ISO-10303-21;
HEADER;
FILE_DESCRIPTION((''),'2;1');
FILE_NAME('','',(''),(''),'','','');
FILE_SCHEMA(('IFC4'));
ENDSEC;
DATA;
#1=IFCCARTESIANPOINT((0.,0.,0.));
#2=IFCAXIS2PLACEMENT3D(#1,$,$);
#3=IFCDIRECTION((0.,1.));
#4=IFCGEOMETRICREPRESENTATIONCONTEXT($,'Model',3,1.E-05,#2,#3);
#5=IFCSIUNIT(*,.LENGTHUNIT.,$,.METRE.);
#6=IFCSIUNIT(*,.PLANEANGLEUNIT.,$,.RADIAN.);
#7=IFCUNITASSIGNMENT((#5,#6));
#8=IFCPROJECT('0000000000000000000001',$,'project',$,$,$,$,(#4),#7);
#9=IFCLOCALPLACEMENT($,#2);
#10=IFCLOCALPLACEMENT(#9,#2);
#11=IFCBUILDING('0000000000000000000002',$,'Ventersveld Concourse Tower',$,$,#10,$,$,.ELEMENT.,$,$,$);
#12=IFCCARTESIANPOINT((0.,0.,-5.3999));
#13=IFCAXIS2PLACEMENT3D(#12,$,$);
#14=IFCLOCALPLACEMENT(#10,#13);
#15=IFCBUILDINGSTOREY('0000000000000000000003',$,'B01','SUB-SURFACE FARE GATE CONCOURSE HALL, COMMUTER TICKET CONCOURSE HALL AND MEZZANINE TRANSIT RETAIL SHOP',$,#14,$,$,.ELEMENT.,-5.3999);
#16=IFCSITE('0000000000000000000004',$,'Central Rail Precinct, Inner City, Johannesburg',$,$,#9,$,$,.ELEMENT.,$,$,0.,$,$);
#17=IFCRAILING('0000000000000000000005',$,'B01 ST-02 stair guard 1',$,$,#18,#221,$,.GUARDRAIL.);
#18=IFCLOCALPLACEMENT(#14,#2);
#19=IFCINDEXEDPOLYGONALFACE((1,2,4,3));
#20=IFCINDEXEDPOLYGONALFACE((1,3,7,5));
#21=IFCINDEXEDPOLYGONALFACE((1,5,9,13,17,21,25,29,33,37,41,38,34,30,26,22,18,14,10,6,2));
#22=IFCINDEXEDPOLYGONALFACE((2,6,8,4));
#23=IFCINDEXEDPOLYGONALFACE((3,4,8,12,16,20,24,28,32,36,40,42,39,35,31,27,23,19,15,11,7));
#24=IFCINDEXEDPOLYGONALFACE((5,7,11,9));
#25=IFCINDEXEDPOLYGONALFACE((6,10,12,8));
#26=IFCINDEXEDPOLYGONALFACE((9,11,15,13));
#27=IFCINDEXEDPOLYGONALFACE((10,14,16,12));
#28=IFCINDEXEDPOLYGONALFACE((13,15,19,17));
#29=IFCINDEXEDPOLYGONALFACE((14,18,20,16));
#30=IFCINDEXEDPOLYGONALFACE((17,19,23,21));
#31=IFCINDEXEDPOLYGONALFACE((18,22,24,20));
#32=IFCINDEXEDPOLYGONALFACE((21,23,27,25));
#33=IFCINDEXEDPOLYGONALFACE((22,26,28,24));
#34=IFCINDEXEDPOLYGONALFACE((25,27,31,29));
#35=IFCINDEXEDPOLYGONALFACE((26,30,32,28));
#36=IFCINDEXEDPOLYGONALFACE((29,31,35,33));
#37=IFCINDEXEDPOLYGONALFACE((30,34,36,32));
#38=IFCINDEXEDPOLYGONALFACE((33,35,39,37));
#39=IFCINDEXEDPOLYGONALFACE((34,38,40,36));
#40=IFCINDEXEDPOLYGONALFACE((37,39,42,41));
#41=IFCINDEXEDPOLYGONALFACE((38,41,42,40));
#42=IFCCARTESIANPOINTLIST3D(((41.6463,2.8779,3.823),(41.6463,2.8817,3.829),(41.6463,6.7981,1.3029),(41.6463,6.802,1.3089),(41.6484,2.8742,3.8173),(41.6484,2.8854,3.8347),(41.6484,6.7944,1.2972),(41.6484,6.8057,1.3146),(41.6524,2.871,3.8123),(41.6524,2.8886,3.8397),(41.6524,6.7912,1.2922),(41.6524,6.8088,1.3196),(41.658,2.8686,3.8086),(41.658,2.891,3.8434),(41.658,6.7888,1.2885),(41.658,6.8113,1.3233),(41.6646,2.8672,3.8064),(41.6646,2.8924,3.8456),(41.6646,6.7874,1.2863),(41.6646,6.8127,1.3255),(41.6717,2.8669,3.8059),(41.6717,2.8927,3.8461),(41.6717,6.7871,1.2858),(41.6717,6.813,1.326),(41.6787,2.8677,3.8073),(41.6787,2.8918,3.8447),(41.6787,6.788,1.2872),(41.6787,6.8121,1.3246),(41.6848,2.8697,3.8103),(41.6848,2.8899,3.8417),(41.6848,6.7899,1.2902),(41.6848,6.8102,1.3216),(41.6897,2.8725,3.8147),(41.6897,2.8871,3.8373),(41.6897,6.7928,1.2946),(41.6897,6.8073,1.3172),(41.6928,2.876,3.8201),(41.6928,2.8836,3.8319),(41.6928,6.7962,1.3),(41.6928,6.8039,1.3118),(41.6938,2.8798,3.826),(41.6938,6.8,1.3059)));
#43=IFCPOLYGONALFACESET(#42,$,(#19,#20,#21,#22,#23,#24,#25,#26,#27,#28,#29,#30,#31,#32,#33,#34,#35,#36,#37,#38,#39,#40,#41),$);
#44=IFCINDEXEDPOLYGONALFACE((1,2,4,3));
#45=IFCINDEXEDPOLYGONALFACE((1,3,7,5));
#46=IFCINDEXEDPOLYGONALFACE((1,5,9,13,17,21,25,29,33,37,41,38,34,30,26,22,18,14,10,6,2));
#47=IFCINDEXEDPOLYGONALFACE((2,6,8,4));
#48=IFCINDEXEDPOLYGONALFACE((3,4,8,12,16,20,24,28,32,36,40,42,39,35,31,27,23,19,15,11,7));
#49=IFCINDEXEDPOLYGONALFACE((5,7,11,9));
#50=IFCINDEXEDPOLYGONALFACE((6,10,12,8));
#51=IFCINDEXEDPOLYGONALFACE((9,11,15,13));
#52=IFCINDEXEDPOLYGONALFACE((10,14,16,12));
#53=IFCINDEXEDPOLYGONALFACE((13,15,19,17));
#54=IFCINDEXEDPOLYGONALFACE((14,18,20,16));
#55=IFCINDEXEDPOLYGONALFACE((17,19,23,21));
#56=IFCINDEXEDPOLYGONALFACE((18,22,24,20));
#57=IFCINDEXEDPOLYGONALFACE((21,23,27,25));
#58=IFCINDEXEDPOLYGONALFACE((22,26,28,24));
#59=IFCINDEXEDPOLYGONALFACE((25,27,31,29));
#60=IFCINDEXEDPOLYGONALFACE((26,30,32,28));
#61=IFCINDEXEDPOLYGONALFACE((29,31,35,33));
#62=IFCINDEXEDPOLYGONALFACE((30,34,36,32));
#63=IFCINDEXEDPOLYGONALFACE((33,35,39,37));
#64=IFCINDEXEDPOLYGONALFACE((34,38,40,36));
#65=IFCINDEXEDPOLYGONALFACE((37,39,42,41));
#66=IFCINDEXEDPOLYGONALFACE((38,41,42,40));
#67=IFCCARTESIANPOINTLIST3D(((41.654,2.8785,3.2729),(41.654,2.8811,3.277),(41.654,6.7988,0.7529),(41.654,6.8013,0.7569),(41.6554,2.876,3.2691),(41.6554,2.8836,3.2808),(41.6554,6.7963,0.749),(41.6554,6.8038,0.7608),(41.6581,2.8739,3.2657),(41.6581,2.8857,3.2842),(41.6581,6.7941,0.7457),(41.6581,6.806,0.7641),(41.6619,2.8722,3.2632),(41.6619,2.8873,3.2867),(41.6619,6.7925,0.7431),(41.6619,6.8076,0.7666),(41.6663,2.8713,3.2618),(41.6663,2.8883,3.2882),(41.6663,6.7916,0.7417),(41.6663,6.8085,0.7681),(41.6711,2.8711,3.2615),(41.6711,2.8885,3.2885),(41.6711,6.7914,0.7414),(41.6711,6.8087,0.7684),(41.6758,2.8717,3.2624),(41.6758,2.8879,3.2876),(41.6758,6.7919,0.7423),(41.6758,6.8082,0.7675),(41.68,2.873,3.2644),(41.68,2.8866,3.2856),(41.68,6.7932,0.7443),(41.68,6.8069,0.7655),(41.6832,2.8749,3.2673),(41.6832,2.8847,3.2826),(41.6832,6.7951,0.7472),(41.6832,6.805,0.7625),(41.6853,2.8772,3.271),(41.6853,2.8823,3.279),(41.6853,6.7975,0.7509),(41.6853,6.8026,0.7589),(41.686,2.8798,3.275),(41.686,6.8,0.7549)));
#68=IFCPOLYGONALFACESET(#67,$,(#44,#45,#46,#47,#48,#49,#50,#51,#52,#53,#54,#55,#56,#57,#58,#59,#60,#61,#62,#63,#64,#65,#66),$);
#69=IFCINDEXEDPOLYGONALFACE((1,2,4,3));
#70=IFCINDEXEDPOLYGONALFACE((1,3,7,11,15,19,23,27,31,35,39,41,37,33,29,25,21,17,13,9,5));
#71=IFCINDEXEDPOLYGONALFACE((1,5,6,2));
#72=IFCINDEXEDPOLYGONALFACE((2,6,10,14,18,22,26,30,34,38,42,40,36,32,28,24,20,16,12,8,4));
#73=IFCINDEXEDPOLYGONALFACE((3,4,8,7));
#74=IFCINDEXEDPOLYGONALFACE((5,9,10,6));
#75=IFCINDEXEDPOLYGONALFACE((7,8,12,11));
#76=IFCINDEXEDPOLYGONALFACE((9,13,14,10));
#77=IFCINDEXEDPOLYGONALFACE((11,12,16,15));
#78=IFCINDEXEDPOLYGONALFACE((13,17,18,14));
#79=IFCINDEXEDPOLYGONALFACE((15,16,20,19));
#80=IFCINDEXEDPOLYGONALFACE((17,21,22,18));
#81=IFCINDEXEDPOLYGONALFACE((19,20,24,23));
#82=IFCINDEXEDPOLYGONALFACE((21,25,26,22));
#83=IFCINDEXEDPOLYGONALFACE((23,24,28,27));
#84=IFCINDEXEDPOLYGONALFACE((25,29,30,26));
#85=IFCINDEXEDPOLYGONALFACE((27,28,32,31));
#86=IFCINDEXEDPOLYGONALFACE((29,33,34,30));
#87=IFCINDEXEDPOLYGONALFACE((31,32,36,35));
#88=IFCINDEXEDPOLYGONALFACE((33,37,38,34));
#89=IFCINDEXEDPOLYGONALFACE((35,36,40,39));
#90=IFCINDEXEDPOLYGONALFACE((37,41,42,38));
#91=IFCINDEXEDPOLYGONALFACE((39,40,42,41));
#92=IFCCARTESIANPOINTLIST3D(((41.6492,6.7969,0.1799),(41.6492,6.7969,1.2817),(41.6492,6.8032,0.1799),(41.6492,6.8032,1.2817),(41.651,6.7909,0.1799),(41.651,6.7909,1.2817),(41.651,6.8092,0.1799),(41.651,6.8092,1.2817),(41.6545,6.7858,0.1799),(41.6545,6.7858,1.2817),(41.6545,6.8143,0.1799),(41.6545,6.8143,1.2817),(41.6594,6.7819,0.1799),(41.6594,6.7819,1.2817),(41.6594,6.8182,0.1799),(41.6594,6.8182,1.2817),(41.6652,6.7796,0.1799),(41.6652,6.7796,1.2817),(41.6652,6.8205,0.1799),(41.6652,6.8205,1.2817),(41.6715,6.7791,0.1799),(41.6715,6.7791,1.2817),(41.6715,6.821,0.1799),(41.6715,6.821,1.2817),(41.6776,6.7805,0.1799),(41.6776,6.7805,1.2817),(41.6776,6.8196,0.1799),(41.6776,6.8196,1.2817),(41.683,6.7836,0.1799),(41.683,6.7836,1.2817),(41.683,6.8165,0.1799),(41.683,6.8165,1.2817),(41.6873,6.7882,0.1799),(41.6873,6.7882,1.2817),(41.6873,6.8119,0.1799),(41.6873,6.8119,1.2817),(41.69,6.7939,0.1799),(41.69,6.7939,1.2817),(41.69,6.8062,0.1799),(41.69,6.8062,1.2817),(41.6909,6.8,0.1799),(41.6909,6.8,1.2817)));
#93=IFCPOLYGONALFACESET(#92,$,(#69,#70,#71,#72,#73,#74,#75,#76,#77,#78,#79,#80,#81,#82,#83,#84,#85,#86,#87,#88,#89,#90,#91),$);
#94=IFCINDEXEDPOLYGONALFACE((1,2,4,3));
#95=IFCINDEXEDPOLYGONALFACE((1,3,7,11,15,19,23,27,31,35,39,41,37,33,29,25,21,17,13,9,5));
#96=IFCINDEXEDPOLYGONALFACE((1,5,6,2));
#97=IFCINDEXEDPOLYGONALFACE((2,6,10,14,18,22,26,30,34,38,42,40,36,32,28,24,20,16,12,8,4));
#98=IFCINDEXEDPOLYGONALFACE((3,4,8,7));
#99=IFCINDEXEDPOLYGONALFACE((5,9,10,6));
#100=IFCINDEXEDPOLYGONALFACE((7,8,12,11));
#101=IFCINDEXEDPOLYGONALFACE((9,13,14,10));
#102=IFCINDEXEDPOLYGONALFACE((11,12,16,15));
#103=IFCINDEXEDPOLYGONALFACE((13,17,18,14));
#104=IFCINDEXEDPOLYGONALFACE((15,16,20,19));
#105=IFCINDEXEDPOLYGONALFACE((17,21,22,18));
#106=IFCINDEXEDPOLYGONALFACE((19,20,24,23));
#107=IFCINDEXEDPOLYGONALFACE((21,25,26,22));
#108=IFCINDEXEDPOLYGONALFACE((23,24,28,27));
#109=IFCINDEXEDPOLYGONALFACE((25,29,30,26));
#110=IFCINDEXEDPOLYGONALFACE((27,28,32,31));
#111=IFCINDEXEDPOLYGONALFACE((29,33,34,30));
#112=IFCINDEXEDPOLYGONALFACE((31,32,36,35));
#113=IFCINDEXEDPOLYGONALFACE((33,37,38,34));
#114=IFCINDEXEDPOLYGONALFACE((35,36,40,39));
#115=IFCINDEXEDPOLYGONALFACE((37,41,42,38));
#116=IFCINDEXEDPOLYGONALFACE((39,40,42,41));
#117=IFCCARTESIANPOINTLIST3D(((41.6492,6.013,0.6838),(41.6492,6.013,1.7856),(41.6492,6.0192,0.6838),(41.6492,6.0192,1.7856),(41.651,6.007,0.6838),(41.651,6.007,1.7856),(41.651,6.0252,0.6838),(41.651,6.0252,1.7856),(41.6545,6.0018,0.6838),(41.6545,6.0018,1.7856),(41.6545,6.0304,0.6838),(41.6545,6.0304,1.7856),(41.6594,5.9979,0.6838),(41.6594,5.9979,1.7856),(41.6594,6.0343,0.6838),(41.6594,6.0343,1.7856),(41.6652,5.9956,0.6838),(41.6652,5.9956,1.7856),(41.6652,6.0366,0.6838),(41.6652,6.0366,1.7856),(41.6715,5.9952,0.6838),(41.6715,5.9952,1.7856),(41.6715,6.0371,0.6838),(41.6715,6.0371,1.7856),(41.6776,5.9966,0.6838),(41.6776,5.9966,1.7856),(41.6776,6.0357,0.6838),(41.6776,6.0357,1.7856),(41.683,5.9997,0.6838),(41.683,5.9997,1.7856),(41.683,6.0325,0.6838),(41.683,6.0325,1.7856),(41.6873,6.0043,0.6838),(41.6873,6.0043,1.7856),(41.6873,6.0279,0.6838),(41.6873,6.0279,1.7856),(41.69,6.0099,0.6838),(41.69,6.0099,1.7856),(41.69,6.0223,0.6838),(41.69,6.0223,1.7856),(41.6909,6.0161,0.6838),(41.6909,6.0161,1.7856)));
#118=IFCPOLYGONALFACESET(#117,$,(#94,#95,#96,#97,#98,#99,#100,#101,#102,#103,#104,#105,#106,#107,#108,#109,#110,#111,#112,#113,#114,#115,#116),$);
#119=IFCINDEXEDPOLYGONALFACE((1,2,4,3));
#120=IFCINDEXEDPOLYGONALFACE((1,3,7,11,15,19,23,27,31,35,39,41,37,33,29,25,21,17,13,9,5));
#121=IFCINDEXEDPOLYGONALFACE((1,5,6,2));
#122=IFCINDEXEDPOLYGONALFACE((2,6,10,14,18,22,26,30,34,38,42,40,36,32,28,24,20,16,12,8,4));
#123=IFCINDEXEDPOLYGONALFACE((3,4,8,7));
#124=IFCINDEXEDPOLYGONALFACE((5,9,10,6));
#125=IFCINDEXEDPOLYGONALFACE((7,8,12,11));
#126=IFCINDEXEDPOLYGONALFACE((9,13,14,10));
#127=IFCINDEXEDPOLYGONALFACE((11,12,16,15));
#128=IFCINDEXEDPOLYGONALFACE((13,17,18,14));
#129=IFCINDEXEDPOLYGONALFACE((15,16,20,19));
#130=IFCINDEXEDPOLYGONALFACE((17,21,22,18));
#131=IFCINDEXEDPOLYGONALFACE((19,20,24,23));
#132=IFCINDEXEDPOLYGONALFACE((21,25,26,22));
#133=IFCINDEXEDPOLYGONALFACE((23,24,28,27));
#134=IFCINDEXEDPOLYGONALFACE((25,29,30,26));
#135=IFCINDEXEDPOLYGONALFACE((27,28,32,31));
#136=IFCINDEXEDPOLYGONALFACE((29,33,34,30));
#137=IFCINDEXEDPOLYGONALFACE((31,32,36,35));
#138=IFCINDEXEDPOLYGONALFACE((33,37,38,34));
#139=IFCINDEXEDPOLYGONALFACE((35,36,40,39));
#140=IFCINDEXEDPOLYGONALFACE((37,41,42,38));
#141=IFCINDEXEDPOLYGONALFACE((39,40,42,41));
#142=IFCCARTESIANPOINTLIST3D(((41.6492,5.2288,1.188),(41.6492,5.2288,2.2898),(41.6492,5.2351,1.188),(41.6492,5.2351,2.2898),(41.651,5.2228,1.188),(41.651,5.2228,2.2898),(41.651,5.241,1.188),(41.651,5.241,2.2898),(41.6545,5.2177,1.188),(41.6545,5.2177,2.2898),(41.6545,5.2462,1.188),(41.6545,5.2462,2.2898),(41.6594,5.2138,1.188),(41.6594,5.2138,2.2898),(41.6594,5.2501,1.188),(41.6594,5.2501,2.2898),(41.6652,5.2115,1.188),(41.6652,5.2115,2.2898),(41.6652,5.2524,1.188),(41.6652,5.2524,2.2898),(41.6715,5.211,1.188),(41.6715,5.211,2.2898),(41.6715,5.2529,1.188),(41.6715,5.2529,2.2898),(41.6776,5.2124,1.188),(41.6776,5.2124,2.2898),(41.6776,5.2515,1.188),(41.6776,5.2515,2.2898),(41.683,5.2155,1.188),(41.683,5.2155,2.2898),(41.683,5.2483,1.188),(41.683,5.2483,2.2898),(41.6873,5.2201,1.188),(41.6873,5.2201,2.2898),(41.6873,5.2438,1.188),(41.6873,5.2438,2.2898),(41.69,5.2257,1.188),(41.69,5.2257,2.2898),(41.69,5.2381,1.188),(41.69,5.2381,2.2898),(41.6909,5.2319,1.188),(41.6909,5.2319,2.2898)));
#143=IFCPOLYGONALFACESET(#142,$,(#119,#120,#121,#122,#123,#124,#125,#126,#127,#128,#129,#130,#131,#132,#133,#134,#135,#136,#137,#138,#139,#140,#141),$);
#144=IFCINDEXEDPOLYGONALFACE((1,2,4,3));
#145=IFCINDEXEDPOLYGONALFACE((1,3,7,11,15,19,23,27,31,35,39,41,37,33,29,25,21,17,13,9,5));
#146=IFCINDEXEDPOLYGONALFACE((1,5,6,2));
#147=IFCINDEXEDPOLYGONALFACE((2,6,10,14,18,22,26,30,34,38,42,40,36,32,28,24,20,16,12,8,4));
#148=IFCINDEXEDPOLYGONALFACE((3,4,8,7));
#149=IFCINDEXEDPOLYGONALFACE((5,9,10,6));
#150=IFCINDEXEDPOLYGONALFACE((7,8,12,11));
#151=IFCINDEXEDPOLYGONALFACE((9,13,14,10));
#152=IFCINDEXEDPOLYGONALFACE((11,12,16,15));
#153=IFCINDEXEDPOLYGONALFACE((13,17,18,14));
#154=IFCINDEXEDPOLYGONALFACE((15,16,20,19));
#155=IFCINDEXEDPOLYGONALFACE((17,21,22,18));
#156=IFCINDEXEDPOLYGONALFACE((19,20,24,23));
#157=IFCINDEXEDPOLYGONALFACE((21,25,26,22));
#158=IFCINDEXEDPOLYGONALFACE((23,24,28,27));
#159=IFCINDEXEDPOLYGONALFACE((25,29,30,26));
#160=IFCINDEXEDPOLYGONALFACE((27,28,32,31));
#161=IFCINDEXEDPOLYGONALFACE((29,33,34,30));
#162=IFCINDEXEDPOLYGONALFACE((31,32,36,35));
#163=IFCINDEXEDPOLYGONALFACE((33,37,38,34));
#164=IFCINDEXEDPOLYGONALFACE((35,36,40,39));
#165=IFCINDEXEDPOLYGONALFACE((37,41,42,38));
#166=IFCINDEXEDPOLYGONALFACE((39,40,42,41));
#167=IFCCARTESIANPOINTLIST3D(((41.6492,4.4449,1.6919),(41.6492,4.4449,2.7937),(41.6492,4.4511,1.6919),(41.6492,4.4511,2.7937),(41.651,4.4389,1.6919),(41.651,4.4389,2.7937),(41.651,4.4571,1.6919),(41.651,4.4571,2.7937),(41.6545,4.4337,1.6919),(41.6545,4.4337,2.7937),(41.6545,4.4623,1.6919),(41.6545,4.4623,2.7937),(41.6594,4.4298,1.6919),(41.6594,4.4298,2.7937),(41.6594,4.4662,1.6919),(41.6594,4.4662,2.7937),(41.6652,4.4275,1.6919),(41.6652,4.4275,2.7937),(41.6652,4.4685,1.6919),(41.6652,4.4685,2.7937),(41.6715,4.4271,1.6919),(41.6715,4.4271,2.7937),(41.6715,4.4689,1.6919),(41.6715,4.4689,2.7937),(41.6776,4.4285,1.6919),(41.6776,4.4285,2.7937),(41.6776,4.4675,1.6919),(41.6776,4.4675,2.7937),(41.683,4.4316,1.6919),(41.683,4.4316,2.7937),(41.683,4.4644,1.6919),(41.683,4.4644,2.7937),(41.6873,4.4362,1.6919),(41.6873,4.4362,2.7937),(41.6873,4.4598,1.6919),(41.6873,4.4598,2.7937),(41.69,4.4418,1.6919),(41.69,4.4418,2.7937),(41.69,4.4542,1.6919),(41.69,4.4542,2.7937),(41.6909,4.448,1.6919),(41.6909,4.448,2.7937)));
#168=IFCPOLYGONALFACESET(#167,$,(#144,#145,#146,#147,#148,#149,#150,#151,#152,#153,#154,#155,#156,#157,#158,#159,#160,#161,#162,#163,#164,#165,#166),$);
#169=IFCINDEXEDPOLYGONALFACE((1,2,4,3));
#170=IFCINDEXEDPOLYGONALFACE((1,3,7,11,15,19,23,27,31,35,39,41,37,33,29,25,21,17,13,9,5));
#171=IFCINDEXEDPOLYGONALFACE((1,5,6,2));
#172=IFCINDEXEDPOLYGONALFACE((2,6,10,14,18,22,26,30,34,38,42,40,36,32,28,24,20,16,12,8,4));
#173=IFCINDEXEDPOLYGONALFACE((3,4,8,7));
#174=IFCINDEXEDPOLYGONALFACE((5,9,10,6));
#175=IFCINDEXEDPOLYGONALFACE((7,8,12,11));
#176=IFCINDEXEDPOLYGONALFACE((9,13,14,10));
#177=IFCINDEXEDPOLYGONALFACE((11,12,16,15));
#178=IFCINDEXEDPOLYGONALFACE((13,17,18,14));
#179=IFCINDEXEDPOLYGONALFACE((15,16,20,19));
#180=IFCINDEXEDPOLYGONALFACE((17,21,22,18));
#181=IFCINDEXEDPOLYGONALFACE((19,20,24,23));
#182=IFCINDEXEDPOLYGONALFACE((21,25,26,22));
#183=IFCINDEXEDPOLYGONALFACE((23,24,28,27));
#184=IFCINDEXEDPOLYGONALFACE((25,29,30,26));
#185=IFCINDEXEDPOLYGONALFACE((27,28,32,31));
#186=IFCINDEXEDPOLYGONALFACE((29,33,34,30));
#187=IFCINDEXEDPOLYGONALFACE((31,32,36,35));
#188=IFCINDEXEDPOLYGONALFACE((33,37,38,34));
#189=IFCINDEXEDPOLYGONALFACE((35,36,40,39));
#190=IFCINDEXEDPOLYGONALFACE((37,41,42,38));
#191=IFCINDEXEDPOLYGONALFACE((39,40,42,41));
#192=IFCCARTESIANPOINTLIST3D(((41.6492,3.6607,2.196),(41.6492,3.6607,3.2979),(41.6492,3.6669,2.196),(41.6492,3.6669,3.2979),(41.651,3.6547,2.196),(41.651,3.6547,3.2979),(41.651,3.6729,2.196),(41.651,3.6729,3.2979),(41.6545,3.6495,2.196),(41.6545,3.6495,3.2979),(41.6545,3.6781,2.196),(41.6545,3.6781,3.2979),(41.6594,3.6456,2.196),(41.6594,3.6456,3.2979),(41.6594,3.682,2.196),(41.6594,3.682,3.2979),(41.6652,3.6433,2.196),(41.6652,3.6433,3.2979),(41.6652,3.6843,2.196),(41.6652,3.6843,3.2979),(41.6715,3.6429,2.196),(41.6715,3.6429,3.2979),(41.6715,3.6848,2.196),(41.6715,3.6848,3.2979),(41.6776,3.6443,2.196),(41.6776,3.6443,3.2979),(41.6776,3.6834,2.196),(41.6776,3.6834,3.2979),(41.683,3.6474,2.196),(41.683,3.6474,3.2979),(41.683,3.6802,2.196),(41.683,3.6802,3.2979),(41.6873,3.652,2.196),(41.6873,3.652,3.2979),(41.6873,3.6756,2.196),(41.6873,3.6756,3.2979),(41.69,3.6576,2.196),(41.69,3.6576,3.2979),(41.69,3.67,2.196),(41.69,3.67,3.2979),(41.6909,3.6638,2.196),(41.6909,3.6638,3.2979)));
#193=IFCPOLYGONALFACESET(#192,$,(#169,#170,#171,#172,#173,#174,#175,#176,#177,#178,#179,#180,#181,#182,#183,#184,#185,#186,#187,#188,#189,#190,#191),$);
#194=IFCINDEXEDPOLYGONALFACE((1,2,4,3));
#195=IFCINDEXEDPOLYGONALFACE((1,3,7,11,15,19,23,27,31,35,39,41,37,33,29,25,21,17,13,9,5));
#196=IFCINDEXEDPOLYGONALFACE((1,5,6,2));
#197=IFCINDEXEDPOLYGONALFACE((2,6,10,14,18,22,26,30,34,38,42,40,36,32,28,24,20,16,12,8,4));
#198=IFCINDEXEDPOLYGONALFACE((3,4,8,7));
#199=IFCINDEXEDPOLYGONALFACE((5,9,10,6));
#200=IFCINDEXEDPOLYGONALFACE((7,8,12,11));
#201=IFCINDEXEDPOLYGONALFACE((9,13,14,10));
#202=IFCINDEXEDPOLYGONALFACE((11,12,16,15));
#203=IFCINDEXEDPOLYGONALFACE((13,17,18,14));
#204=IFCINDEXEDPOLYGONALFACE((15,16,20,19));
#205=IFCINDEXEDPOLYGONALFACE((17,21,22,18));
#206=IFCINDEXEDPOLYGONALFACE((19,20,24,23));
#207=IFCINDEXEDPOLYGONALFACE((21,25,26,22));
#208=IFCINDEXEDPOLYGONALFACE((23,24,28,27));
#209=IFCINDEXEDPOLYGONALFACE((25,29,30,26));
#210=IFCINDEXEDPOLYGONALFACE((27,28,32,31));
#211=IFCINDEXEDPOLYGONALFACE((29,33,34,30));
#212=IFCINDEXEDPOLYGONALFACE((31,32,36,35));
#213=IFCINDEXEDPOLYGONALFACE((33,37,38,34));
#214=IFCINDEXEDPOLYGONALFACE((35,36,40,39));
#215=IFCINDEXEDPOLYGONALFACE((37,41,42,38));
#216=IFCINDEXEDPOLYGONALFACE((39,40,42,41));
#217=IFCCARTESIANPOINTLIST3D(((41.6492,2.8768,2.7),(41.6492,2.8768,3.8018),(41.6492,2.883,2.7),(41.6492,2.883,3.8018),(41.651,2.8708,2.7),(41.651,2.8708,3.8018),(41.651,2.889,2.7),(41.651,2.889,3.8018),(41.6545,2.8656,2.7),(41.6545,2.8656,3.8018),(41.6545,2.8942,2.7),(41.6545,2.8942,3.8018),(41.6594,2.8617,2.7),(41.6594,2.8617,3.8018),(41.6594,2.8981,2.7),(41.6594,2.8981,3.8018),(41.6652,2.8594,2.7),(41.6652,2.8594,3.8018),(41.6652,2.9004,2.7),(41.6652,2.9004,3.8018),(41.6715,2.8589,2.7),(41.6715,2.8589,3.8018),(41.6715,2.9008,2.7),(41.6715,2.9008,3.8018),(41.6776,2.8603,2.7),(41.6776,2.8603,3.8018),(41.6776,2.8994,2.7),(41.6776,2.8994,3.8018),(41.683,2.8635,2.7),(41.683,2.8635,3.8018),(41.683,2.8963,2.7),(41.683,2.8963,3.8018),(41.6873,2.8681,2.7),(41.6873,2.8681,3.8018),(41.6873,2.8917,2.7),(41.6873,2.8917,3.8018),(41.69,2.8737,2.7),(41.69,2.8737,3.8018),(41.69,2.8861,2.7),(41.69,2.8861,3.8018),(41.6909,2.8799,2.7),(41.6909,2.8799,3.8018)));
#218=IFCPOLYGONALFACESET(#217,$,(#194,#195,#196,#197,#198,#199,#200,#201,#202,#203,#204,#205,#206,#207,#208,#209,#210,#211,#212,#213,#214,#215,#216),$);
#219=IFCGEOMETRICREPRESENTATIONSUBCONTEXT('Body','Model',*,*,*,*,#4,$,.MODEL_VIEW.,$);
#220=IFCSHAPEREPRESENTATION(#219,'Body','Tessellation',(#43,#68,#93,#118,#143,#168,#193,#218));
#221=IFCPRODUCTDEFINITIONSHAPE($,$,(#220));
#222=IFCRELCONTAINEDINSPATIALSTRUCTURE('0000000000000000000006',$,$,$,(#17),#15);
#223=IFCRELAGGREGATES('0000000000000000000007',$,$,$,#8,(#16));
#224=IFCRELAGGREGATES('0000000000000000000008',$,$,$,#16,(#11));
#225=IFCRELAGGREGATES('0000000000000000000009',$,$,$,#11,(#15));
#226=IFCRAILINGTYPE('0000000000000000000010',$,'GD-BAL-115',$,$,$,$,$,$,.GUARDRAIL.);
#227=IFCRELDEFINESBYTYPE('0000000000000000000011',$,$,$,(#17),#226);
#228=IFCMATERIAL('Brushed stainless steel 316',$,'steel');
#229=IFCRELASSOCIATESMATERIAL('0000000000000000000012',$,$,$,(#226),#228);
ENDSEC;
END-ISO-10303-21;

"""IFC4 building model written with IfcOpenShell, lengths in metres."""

from ifc_helpers import new_model, si_unit, direction, frame, origin, origin_2d, place, context, subcontext, project, spatial, circle, extrude, material, type_object, element, save


model = new_model("IFC4")

# Units and contexts
model_context = context("Model", 3, precision=1e-05, world=origin(), true_north=direction((0.0, 1.0)))
body_context = subcontext(model_context, "Body", "Model", "MODEL_VIEW")
ifc_project = project(units=[si_unit("LENGTHUNIT", "METRE"), si_unit("PLANEANGLEUNIT", "RADIAN")], contexts=[model_context])

# Site, building, storey
site_placement = place(None, origin())
site = spatial("IfcSite", under=ifc_project, at=site_placement, Name="Central Rail Precinct, Inner City, Johannesburg", CompositionType="ELEMENT", RefElevation=0.0)
building_placement = place(site_placement, origin())
building = spatial("IfcBuilding", under=site, at=building_placement, Name="Ventersveld Concourse Tower", CompositionType="ELEMENT")
storey_placement = place(building_placement, frame((0.0, 0.0, -5.3999)))
storey = spatial("IfcBuildingStorey", under=building, at=storey_placement, Name="B01", Description="SUB-SURFACE FARE GATE CONCOURSE HALL, COMMUTER TICKET CONCOURSE HALL AND MEZZANINE TRANSIT RETAIL SHOP", CompositionType="ELEMENT", Elevation=-5.3999)

# Shared definitions
ifc_material_1 = material(Name="Brushed stainless steel 316", Category="steel")

# Railing
railing_type_1 = type_object("IfcRailingType", Name="GD-BAL-115", PredefinedType="GUARDRAIL", material=ifc_material_1)
railing_1_placement = place(storey_placement, frame((41.6699, 6.8, 0.1799)))
element("IfcRailing", 1, at=railing_1_placement, inside=storey, type_object=railing_type_1, Name="B01 ST-02 stair guard 1", PredefinedType="GUARDRAIL", context=body_context, shape_type="SweptSolid", body=[
    extrude(circle(Radius=0.0239, at=origin_2d()), frame((0.0, 0.0, 1.126), z_axis=(0.0, -0.841187, 0.540744), x_axis=(1.0, 0.0, 0.0)), (0.0, 0.0, 1.0), 4.6604),
    extrude(circle(Radius=0.0161, at=origin_2d()), frame((0.0, 0.0, 0.575), z_axis=(0.0, -0.841187, 0.540744), x_axis=(1.0, 0.0, 0.0)), (0.0, 0.0, 1.0), 4.6604),
    extrude(circle(Radius=0.021, at=origin_2d()), origin(), (0.0, 0.0, 1.0), 1.1018),
    extrude(circle(Radius=0.021, at=origin_2d()), frame((0.0, -0.7839, 0.5039)), (0.0, 0.0, 1.0), 1.1018),
    extrude(circle(Radius=0.021, at=origin_2d()), frame((0.0, -1.5681, 1.0081)), (0.0, 0.0, 1.0), 1.1018),
    extrude(circle(Radius=0.021, at=origin_2d()), frame((0.0, -2.3521, 1.512)), (0.0, 0.0, 1.0), 1.1018),
    extrude(circle(Radius=0.021, at=origin_2d()), frame((0.0, -3.1362, 2.0161)), (0.0, 0.0, 1.0), 1.1018),
    extrude(circle(Radius=0.021, at=origin_2d()), frame((0.0, -3.9202, 2.52)), (0.0, 0.0, 1.0), 1.1018),
])

save(model, "model.ifc")
